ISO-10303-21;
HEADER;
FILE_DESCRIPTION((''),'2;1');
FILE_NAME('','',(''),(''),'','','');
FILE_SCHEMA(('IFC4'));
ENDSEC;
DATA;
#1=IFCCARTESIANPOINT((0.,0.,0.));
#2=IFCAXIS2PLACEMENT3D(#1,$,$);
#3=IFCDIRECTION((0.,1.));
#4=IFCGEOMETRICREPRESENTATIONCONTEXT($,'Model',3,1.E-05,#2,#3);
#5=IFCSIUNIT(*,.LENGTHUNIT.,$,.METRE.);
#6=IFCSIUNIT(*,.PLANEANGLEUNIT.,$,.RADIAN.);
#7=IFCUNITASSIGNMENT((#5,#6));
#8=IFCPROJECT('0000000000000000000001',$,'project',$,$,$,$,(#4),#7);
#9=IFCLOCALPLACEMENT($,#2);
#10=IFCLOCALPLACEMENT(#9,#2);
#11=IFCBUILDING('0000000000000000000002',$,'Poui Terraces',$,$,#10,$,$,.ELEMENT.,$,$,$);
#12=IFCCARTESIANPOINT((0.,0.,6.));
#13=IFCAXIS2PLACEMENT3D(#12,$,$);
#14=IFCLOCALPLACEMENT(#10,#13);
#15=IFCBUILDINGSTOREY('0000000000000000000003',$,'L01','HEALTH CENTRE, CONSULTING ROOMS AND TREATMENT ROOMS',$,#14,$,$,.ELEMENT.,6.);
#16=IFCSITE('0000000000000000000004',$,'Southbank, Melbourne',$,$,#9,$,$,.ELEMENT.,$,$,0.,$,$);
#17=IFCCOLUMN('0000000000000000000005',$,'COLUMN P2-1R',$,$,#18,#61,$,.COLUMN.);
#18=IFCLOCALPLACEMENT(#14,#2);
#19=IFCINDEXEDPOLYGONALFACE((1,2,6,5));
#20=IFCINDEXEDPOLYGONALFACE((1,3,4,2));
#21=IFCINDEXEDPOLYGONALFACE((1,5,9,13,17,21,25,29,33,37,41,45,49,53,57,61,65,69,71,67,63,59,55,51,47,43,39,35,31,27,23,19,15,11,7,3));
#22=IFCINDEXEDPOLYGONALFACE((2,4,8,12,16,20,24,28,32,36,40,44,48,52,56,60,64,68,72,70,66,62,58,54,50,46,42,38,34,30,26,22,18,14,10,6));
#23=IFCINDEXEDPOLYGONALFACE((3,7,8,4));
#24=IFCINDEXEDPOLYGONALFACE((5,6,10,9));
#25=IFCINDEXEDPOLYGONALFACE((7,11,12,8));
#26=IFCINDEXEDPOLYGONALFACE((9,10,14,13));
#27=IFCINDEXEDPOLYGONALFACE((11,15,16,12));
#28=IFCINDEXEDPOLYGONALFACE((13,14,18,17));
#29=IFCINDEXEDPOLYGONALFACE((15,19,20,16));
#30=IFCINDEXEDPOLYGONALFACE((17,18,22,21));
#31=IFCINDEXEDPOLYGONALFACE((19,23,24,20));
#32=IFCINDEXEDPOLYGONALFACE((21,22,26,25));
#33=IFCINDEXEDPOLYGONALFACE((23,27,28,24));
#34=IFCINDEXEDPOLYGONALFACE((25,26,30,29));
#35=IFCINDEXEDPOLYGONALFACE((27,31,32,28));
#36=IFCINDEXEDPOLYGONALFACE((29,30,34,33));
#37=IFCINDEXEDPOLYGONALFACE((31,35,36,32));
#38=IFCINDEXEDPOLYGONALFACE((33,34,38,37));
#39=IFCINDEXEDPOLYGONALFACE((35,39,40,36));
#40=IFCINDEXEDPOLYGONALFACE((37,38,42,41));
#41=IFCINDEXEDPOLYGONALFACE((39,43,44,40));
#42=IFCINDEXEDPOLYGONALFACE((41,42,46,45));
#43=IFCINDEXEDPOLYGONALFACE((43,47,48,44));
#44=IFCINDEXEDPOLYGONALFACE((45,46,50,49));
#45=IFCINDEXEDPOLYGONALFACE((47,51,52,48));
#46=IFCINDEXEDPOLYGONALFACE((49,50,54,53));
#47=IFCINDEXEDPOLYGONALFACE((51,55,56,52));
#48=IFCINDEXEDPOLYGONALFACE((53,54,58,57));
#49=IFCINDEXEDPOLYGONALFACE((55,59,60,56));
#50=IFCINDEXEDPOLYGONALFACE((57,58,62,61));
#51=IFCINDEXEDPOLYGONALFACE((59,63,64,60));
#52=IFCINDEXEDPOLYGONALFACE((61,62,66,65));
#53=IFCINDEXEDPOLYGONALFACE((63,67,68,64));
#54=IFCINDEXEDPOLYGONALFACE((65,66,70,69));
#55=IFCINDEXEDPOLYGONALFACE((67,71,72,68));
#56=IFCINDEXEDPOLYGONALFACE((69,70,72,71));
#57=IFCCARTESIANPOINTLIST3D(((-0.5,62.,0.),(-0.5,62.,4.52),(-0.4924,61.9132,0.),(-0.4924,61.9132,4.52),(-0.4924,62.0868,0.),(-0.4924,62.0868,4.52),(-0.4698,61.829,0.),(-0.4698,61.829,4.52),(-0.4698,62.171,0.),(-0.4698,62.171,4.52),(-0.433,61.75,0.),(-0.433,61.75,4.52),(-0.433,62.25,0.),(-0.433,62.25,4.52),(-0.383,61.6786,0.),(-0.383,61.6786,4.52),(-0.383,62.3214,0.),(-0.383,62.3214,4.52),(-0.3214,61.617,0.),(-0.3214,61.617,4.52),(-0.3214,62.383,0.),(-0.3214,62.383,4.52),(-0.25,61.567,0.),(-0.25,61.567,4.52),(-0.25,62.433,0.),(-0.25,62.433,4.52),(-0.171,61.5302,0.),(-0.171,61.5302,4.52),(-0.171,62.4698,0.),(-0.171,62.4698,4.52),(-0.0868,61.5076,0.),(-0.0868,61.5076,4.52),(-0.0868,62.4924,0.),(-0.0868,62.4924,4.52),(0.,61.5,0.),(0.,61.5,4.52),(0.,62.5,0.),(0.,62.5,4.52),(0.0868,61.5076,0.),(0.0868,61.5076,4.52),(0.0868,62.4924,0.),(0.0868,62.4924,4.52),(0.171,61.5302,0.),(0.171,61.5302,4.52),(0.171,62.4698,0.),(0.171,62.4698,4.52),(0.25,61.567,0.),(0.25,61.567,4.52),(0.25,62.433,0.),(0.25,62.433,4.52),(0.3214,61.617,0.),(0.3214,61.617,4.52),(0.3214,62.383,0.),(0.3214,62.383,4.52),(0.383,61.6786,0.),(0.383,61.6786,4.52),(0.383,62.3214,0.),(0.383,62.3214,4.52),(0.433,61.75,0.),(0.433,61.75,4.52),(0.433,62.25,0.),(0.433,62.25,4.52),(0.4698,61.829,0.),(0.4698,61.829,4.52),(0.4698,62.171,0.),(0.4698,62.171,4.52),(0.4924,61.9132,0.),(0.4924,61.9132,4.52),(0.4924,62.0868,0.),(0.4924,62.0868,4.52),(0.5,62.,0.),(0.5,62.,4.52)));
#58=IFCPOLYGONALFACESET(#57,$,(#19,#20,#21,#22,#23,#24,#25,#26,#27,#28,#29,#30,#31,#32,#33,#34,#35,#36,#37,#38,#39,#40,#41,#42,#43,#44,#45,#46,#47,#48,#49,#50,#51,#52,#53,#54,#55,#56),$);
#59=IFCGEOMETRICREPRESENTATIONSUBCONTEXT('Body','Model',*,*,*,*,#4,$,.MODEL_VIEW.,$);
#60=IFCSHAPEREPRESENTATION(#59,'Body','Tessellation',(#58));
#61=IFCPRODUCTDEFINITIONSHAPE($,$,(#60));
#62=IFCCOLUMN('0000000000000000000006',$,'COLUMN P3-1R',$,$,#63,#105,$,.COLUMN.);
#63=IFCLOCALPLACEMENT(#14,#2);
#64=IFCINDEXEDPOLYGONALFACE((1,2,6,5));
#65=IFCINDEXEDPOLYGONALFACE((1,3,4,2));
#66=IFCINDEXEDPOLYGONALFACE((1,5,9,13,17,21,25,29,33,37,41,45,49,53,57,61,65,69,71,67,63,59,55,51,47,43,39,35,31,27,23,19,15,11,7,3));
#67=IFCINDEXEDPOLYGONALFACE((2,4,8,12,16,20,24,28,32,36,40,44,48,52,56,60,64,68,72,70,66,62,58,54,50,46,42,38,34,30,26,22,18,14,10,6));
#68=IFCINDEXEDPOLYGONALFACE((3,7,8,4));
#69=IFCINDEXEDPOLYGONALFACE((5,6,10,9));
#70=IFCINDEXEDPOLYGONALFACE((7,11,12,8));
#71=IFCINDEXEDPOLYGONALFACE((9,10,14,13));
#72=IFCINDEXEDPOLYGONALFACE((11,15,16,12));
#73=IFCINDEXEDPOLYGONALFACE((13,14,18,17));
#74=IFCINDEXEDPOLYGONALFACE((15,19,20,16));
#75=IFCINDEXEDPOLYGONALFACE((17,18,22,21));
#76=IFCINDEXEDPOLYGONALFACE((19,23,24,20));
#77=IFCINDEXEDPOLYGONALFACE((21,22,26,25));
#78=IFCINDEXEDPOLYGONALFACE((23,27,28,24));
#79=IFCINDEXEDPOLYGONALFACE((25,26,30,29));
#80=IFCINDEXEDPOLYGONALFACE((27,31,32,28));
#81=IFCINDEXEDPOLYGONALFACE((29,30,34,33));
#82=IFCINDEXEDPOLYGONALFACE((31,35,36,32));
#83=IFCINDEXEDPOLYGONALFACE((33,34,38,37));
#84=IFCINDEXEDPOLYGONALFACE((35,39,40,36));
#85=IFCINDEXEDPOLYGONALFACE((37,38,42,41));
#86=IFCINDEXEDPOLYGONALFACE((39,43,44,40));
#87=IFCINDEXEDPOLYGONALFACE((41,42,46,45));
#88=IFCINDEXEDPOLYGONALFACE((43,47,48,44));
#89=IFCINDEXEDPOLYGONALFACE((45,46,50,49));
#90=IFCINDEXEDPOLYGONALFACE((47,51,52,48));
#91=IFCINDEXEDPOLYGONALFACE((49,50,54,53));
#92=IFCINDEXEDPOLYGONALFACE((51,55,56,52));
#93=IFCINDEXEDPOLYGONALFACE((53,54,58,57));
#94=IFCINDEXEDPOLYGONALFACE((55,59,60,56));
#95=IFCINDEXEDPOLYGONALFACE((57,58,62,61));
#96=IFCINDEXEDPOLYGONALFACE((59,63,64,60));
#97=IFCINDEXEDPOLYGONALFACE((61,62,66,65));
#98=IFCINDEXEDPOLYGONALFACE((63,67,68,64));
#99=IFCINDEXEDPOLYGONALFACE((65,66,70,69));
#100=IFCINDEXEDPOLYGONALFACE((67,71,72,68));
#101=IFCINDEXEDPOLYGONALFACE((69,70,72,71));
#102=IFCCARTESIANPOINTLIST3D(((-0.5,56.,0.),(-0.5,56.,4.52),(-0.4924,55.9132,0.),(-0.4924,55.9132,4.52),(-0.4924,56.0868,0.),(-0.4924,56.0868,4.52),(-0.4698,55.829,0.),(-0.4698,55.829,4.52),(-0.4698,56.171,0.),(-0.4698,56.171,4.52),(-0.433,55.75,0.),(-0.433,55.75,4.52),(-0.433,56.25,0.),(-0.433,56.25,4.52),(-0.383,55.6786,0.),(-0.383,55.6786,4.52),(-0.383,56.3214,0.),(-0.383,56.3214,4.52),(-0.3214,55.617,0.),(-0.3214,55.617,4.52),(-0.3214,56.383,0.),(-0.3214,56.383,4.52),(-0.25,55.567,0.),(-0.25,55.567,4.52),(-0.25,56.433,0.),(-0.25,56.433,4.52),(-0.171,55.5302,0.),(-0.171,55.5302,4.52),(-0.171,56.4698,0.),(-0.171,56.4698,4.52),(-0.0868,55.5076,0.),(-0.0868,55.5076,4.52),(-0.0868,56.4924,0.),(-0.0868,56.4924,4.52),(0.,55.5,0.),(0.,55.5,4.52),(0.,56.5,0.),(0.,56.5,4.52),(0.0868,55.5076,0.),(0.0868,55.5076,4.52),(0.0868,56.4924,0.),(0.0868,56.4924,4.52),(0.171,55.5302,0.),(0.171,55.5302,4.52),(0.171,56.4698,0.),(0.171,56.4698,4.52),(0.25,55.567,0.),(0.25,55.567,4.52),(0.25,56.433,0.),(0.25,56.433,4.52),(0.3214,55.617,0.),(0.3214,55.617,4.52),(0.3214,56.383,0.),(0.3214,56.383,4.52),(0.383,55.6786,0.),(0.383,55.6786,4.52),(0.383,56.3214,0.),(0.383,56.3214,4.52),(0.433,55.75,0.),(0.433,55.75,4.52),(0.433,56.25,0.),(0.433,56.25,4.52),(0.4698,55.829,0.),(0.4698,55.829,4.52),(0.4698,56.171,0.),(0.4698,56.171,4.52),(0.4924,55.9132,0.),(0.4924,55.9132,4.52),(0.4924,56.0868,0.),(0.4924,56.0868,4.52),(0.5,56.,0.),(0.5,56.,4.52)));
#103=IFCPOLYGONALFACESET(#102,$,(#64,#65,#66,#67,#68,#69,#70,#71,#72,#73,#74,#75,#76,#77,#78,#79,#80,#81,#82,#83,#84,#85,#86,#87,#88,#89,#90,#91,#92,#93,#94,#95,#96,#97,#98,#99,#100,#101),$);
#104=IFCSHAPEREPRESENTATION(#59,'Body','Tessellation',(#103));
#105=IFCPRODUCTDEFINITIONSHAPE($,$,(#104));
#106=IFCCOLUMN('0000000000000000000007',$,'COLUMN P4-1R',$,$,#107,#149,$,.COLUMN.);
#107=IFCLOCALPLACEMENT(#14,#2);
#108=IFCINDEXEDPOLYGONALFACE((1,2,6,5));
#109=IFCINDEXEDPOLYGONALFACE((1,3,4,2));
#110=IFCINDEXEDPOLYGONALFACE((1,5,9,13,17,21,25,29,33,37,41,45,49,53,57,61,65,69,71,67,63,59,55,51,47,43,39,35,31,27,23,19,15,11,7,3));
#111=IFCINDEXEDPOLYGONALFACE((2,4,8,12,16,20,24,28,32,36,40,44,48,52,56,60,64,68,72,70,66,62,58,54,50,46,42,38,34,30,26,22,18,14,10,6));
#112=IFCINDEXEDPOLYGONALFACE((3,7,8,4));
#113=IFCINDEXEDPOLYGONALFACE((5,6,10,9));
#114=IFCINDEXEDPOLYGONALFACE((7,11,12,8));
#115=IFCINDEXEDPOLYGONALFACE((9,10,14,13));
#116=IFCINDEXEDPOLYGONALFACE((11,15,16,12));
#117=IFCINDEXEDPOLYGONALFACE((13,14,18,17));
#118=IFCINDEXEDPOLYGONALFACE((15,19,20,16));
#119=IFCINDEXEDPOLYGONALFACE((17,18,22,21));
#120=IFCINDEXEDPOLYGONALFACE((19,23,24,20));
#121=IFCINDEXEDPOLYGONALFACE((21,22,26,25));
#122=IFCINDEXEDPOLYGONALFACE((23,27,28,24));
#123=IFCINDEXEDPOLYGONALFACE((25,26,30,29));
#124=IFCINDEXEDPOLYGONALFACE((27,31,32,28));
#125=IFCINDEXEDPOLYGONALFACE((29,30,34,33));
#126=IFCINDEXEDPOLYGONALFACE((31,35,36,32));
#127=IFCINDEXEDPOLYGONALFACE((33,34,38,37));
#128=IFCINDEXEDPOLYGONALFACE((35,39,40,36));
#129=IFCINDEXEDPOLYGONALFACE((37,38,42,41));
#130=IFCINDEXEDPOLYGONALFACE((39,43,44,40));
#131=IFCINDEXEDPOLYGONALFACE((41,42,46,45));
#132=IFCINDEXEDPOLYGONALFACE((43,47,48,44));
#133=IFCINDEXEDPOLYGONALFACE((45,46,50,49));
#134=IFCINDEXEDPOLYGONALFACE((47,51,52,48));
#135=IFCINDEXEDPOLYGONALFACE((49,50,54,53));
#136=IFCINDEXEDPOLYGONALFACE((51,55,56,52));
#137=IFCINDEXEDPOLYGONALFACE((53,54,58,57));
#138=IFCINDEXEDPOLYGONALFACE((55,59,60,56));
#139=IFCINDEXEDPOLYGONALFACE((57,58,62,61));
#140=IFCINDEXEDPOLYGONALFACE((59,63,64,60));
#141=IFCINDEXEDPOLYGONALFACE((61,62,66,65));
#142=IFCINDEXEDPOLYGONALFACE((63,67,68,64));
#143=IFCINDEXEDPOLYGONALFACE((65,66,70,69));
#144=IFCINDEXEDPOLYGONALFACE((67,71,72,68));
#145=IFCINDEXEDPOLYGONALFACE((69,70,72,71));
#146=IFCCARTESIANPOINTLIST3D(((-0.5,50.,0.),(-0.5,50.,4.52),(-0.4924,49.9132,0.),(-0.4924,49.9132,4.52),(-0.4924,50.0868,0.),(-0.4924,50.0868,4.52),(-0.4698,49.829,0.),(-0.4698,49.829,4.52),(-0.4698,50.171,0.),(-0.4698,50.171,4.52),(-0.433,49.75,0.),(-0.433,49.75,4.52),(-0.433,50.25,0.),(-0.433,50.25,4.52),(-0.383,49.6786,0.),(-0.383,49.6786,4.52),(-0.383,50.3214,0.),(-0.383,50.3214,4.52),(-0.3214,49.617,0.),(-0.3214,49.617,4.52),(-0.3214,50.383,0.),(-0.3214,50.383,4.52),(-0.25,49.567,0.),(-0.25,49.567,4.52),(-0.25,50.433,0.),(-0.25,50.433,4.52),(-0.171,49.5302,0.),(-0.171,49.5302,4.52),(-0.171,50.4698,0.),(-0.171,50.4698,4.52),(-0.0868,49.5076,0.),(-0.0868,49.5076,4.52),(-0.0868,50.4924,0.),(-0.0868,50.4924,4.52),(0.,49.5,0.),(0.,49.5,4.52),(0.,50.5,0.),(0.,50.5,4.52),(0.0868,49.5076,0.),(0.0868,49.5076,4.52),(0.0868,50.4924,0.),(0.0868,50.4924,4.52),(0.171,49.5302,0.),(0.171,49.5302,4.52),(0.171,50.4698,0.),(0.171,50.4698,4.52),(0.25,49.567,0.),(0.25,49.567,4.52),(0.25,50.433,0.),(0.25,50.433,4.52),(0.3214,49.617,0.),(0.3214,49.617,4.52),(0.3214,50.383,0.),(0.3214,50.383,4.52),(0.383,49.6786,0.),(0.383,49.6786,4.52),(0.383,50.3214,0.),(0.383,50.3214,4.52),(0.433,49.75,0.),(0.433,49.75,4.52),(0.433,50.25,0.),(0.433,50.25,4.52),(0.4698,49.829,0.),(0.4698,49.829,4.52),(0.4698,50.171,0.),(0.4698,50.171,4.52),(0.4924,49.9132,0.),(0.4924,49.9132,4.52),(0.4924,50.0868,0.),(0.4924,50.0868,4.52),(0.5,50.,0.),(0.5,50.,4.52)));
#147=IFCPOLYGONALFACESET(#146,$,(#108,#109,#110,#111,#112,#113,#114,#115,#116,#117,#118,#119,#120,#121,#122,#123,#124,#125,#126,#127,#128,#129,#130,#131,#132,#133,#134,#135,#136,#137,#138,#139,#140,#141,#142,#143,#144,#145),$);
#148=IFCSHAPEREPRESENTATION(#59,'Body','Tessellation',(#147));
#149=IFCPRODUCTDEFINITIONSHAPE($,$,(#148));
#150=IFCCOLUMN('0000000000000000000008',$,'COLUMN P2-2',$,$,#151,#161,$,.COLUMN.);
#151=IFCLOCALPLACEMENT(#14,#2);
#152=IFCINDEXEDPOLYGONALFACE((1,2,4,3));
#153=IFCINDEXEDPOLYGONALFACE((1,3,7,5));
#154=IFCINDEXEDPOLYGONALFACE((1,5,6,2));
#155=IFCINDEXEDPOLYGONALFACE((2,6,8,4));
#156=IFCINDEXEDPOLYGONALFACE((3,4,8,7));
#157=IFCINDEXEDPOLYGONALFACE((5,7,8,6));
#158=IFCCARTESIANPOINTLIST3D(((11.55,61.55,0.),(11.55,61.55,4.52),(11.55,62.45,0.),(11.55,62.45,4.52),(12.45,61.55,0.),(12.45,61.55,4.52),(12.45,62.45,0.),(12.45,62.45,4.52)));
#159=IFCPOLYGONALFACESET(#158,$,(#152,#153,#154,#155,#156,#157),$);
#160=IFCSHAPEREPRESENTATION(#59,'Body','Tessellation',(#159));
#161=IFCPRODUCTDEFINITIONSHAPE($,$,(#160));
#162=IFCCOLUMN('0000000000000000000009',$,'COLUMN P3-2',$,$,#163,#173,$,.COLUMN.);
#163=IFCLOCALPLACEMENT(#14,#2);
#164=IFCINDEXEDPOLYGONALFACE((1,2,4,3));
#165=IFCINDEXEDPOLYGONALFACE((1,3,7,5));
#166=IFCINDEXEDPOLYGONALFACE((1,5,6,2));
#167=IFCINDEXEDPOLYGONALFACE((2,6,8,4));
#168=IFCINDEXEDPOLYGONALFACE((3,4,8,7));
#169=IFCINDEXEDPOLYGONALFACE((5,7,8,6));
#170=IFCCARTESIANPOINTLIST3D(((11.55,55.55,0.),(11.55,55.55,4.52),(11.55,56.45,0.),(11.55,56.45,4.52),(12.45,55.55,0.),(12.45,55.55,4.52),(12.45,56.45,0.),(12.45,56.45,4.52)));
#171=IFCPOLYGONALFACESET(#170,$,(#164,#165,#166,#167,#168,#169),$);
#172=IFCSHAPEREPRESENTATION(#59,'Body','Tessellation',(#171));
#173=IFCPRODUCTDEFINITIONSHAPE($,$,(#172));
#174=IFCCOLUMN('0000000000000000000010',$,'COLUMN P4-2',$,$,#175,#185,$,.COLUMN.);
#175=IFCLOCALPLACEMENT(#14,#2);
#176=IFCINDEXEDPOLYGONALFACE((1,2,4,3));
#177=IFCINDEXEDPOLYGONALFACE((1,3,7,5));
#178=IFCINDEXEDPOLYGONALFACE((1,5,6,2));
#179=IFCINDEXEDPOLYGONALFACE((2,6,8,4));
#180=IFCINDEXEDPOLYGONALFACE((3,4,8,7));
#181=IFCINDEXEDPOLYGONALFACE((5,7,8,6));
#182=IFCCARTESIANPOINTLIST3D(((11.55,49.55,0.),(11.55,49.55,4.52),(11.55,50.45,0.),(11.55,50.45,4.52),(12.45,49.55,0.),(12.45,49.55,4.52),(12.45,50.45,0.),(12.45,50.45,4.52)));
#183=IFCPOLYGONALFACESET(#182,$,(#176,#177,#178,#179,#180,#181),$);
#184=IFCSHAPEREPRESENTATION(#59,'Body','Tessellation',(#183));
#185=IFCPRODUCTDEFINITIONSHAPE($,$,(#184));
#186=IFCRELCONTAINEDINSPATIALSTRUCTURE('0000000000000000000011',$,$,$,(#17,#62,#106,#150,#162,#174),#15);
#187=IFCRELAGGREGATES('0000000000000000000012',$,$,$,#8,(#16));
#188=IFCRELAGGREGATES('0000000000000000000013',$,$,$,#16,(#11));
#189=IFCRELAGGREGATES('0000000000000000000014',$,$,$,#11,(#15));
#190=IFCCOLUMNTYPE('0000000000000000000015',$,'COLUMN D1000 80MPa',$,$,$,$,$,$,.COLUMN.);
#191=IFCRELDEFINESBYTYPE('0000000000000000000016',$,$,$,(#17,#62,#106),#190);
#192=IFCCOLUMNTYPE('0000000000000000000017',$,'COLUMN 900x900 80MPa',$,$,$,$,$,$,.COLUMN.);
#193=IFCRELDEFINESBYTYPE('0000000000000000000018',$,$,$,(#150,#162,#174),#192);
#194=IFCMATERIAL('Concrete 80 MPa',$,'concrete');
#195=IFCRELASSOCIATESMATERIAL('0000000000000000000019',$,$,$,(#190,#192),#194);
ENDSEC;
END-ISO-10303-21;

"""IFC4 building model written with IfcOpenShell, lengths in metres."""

from ifc_helpers import new_model, si_unit, direction, frame, origin, origin_2d, place, context, subcontext, project, spatial, rectangle, circle, extrude, source, transform, mapped, material, material_profile, profile_set, type_object, element, save


model = new_model("IFC4")

# Units and contexts
model_context = context("Model", 3, precision=1e-05, world=origin(), true_north=direction((0.0, 1.0)))
body_context = subcontext(model_context, "Body", "Model", "MODEL_VIEW")
ifc_project = project(units=[si_unit("LENGTHUNIT", "METRE"), si_unit("PLANEANGLEUNIT", "RADIAN")], contexts=[model_context])

# Site, building, storey
site_placement = place(None, origin())
site = spatial("IfcSite", under=ifc_project, at=site_placement, Name="Southbank, Melbourne", CompositionType="ELEMENT", RefElevation=0.0)
building_placement = place(site_placement, origin())
building = spatial("IfcBuilding", under=site, at=building_placement, Name="Poui Terraces", CompositionType="ELEMENT")
storey_placement = place(building_placement, frame((0.0, 0.0, 6.0)))
storey = spatial("IfcBuildingStorey", under=building, at=storey_placement, Name="L01", Description="HEALTH CENTRE, CONSULTING ROOMS AND TREATMENT ROOMS", CompositionType="ELEMENT", Elevation=6.0)

# Columns
ifc_material_1 = material(Name="Concrete 80 MPa", Category="concrete")
ifc_material_profile_1 = material_profile(ifc_material_1, circle(Radius=0.5, at=origin_2d()), Name="RC D1000")
ifc_profile_set_1 = profile_set([ifc_material_profile_1], Name="Concrete 80 MPa")
column_type_1 = type_object("IfcColumnType", Name="COLUMN D1000 80MPa", PredefinedType="COLUMN", material=ifc_profile_set_1)
shared_shape_1 = source(origin(), body_context, "Body", "SweptSolid", [
    extrude(circle(Radius=0.5, at=origin_2d()), origin(), (0.0, 0.0, 1.0), 4.52),
])
for number, where, z_axis, x_axis, name in (
    (1, (0.0, 62.0, 0.0), (0.0, 0.0, 1.0), (1.0, 0.0, 0.0), "COLUMN P2-1R"),
    (2, (0.0, 56.0, 0.0), (0.0, 0.0, 1.0), (1.0, 0.0, 0.0), "COLUMN P3-1R"),
    (3, (0.0, 50.0, 0.0), (0.0, 0.0, 1.0), (1.0, 0.0, 0.0), "COLUMN P4-1R"),
):
    element("IfcColumn", number, at=place(storey_placement, frame(where, z_axis=z_axis, x_axis=x_axis)), inside=storey, type_object=column_type_1, Name=name, PredefinedType="COLUMN", context=body_context, shape_type="MappedRepresentation", body=[
        mapped(shared_shape_1, transform((0.0, 0.0, 0.0))),
    ])
ifc_material_profile_2 = material_profile(ifc_material_1, rectangle(XDim=0.8999, YDim=0.8999, at=origin_2d()), Name="RC 900x900")
ifc_profile_set_2 = profile_set([ifc_material_profile_2], Name="Concrete 80 MPa")
column_type_2 = type_object("IfcColumnType", Name="COLUMN 900x900 80MPa", PredefinedType="COLUMN", material=ifc_profile_set_2)
shared_shape_2 = source(origin(), body_context, "Body", "SweptSolid", [
    extrude(rectangle(XDim=0.8999, YDim=0.8999, at=origin_2d()), origin(), (0.0, 0.0, 1.0), 4.52),
])
for number, where, z_axis, x_axis, name in (
    (4, (12.0, 62.0, 0.0), (0.0, 0.0, 1.0), (1.0, 0.0, 0.0), "COLUMN P2-2"),
    (5, (12.0, 56.0, 0.0), (0.0, 0.0, 1.0), (1.0, 0.0, 0.0), "COLUMN P3-2"),
    (6, (12.0, 50.0, 0.0), (0.0, 0.0, 1.0), (1.0, 0.0, 0.0), "COLUMN P4-2"),
):
    element("IfcColumn", number, at=place(storey_placement, frame(where, z_axis=z_axis, x_axis=x_axis)), inside=storey, type_object=column_type_2, Name=name, PredefinedType="COLUMN", context=body_context, shape_type="MappedRepresentation", body=[
        mapped(shared_shape_2, transform((0.0, 0.0, 0.0))),
    ])

save(model, "model.ifc")
